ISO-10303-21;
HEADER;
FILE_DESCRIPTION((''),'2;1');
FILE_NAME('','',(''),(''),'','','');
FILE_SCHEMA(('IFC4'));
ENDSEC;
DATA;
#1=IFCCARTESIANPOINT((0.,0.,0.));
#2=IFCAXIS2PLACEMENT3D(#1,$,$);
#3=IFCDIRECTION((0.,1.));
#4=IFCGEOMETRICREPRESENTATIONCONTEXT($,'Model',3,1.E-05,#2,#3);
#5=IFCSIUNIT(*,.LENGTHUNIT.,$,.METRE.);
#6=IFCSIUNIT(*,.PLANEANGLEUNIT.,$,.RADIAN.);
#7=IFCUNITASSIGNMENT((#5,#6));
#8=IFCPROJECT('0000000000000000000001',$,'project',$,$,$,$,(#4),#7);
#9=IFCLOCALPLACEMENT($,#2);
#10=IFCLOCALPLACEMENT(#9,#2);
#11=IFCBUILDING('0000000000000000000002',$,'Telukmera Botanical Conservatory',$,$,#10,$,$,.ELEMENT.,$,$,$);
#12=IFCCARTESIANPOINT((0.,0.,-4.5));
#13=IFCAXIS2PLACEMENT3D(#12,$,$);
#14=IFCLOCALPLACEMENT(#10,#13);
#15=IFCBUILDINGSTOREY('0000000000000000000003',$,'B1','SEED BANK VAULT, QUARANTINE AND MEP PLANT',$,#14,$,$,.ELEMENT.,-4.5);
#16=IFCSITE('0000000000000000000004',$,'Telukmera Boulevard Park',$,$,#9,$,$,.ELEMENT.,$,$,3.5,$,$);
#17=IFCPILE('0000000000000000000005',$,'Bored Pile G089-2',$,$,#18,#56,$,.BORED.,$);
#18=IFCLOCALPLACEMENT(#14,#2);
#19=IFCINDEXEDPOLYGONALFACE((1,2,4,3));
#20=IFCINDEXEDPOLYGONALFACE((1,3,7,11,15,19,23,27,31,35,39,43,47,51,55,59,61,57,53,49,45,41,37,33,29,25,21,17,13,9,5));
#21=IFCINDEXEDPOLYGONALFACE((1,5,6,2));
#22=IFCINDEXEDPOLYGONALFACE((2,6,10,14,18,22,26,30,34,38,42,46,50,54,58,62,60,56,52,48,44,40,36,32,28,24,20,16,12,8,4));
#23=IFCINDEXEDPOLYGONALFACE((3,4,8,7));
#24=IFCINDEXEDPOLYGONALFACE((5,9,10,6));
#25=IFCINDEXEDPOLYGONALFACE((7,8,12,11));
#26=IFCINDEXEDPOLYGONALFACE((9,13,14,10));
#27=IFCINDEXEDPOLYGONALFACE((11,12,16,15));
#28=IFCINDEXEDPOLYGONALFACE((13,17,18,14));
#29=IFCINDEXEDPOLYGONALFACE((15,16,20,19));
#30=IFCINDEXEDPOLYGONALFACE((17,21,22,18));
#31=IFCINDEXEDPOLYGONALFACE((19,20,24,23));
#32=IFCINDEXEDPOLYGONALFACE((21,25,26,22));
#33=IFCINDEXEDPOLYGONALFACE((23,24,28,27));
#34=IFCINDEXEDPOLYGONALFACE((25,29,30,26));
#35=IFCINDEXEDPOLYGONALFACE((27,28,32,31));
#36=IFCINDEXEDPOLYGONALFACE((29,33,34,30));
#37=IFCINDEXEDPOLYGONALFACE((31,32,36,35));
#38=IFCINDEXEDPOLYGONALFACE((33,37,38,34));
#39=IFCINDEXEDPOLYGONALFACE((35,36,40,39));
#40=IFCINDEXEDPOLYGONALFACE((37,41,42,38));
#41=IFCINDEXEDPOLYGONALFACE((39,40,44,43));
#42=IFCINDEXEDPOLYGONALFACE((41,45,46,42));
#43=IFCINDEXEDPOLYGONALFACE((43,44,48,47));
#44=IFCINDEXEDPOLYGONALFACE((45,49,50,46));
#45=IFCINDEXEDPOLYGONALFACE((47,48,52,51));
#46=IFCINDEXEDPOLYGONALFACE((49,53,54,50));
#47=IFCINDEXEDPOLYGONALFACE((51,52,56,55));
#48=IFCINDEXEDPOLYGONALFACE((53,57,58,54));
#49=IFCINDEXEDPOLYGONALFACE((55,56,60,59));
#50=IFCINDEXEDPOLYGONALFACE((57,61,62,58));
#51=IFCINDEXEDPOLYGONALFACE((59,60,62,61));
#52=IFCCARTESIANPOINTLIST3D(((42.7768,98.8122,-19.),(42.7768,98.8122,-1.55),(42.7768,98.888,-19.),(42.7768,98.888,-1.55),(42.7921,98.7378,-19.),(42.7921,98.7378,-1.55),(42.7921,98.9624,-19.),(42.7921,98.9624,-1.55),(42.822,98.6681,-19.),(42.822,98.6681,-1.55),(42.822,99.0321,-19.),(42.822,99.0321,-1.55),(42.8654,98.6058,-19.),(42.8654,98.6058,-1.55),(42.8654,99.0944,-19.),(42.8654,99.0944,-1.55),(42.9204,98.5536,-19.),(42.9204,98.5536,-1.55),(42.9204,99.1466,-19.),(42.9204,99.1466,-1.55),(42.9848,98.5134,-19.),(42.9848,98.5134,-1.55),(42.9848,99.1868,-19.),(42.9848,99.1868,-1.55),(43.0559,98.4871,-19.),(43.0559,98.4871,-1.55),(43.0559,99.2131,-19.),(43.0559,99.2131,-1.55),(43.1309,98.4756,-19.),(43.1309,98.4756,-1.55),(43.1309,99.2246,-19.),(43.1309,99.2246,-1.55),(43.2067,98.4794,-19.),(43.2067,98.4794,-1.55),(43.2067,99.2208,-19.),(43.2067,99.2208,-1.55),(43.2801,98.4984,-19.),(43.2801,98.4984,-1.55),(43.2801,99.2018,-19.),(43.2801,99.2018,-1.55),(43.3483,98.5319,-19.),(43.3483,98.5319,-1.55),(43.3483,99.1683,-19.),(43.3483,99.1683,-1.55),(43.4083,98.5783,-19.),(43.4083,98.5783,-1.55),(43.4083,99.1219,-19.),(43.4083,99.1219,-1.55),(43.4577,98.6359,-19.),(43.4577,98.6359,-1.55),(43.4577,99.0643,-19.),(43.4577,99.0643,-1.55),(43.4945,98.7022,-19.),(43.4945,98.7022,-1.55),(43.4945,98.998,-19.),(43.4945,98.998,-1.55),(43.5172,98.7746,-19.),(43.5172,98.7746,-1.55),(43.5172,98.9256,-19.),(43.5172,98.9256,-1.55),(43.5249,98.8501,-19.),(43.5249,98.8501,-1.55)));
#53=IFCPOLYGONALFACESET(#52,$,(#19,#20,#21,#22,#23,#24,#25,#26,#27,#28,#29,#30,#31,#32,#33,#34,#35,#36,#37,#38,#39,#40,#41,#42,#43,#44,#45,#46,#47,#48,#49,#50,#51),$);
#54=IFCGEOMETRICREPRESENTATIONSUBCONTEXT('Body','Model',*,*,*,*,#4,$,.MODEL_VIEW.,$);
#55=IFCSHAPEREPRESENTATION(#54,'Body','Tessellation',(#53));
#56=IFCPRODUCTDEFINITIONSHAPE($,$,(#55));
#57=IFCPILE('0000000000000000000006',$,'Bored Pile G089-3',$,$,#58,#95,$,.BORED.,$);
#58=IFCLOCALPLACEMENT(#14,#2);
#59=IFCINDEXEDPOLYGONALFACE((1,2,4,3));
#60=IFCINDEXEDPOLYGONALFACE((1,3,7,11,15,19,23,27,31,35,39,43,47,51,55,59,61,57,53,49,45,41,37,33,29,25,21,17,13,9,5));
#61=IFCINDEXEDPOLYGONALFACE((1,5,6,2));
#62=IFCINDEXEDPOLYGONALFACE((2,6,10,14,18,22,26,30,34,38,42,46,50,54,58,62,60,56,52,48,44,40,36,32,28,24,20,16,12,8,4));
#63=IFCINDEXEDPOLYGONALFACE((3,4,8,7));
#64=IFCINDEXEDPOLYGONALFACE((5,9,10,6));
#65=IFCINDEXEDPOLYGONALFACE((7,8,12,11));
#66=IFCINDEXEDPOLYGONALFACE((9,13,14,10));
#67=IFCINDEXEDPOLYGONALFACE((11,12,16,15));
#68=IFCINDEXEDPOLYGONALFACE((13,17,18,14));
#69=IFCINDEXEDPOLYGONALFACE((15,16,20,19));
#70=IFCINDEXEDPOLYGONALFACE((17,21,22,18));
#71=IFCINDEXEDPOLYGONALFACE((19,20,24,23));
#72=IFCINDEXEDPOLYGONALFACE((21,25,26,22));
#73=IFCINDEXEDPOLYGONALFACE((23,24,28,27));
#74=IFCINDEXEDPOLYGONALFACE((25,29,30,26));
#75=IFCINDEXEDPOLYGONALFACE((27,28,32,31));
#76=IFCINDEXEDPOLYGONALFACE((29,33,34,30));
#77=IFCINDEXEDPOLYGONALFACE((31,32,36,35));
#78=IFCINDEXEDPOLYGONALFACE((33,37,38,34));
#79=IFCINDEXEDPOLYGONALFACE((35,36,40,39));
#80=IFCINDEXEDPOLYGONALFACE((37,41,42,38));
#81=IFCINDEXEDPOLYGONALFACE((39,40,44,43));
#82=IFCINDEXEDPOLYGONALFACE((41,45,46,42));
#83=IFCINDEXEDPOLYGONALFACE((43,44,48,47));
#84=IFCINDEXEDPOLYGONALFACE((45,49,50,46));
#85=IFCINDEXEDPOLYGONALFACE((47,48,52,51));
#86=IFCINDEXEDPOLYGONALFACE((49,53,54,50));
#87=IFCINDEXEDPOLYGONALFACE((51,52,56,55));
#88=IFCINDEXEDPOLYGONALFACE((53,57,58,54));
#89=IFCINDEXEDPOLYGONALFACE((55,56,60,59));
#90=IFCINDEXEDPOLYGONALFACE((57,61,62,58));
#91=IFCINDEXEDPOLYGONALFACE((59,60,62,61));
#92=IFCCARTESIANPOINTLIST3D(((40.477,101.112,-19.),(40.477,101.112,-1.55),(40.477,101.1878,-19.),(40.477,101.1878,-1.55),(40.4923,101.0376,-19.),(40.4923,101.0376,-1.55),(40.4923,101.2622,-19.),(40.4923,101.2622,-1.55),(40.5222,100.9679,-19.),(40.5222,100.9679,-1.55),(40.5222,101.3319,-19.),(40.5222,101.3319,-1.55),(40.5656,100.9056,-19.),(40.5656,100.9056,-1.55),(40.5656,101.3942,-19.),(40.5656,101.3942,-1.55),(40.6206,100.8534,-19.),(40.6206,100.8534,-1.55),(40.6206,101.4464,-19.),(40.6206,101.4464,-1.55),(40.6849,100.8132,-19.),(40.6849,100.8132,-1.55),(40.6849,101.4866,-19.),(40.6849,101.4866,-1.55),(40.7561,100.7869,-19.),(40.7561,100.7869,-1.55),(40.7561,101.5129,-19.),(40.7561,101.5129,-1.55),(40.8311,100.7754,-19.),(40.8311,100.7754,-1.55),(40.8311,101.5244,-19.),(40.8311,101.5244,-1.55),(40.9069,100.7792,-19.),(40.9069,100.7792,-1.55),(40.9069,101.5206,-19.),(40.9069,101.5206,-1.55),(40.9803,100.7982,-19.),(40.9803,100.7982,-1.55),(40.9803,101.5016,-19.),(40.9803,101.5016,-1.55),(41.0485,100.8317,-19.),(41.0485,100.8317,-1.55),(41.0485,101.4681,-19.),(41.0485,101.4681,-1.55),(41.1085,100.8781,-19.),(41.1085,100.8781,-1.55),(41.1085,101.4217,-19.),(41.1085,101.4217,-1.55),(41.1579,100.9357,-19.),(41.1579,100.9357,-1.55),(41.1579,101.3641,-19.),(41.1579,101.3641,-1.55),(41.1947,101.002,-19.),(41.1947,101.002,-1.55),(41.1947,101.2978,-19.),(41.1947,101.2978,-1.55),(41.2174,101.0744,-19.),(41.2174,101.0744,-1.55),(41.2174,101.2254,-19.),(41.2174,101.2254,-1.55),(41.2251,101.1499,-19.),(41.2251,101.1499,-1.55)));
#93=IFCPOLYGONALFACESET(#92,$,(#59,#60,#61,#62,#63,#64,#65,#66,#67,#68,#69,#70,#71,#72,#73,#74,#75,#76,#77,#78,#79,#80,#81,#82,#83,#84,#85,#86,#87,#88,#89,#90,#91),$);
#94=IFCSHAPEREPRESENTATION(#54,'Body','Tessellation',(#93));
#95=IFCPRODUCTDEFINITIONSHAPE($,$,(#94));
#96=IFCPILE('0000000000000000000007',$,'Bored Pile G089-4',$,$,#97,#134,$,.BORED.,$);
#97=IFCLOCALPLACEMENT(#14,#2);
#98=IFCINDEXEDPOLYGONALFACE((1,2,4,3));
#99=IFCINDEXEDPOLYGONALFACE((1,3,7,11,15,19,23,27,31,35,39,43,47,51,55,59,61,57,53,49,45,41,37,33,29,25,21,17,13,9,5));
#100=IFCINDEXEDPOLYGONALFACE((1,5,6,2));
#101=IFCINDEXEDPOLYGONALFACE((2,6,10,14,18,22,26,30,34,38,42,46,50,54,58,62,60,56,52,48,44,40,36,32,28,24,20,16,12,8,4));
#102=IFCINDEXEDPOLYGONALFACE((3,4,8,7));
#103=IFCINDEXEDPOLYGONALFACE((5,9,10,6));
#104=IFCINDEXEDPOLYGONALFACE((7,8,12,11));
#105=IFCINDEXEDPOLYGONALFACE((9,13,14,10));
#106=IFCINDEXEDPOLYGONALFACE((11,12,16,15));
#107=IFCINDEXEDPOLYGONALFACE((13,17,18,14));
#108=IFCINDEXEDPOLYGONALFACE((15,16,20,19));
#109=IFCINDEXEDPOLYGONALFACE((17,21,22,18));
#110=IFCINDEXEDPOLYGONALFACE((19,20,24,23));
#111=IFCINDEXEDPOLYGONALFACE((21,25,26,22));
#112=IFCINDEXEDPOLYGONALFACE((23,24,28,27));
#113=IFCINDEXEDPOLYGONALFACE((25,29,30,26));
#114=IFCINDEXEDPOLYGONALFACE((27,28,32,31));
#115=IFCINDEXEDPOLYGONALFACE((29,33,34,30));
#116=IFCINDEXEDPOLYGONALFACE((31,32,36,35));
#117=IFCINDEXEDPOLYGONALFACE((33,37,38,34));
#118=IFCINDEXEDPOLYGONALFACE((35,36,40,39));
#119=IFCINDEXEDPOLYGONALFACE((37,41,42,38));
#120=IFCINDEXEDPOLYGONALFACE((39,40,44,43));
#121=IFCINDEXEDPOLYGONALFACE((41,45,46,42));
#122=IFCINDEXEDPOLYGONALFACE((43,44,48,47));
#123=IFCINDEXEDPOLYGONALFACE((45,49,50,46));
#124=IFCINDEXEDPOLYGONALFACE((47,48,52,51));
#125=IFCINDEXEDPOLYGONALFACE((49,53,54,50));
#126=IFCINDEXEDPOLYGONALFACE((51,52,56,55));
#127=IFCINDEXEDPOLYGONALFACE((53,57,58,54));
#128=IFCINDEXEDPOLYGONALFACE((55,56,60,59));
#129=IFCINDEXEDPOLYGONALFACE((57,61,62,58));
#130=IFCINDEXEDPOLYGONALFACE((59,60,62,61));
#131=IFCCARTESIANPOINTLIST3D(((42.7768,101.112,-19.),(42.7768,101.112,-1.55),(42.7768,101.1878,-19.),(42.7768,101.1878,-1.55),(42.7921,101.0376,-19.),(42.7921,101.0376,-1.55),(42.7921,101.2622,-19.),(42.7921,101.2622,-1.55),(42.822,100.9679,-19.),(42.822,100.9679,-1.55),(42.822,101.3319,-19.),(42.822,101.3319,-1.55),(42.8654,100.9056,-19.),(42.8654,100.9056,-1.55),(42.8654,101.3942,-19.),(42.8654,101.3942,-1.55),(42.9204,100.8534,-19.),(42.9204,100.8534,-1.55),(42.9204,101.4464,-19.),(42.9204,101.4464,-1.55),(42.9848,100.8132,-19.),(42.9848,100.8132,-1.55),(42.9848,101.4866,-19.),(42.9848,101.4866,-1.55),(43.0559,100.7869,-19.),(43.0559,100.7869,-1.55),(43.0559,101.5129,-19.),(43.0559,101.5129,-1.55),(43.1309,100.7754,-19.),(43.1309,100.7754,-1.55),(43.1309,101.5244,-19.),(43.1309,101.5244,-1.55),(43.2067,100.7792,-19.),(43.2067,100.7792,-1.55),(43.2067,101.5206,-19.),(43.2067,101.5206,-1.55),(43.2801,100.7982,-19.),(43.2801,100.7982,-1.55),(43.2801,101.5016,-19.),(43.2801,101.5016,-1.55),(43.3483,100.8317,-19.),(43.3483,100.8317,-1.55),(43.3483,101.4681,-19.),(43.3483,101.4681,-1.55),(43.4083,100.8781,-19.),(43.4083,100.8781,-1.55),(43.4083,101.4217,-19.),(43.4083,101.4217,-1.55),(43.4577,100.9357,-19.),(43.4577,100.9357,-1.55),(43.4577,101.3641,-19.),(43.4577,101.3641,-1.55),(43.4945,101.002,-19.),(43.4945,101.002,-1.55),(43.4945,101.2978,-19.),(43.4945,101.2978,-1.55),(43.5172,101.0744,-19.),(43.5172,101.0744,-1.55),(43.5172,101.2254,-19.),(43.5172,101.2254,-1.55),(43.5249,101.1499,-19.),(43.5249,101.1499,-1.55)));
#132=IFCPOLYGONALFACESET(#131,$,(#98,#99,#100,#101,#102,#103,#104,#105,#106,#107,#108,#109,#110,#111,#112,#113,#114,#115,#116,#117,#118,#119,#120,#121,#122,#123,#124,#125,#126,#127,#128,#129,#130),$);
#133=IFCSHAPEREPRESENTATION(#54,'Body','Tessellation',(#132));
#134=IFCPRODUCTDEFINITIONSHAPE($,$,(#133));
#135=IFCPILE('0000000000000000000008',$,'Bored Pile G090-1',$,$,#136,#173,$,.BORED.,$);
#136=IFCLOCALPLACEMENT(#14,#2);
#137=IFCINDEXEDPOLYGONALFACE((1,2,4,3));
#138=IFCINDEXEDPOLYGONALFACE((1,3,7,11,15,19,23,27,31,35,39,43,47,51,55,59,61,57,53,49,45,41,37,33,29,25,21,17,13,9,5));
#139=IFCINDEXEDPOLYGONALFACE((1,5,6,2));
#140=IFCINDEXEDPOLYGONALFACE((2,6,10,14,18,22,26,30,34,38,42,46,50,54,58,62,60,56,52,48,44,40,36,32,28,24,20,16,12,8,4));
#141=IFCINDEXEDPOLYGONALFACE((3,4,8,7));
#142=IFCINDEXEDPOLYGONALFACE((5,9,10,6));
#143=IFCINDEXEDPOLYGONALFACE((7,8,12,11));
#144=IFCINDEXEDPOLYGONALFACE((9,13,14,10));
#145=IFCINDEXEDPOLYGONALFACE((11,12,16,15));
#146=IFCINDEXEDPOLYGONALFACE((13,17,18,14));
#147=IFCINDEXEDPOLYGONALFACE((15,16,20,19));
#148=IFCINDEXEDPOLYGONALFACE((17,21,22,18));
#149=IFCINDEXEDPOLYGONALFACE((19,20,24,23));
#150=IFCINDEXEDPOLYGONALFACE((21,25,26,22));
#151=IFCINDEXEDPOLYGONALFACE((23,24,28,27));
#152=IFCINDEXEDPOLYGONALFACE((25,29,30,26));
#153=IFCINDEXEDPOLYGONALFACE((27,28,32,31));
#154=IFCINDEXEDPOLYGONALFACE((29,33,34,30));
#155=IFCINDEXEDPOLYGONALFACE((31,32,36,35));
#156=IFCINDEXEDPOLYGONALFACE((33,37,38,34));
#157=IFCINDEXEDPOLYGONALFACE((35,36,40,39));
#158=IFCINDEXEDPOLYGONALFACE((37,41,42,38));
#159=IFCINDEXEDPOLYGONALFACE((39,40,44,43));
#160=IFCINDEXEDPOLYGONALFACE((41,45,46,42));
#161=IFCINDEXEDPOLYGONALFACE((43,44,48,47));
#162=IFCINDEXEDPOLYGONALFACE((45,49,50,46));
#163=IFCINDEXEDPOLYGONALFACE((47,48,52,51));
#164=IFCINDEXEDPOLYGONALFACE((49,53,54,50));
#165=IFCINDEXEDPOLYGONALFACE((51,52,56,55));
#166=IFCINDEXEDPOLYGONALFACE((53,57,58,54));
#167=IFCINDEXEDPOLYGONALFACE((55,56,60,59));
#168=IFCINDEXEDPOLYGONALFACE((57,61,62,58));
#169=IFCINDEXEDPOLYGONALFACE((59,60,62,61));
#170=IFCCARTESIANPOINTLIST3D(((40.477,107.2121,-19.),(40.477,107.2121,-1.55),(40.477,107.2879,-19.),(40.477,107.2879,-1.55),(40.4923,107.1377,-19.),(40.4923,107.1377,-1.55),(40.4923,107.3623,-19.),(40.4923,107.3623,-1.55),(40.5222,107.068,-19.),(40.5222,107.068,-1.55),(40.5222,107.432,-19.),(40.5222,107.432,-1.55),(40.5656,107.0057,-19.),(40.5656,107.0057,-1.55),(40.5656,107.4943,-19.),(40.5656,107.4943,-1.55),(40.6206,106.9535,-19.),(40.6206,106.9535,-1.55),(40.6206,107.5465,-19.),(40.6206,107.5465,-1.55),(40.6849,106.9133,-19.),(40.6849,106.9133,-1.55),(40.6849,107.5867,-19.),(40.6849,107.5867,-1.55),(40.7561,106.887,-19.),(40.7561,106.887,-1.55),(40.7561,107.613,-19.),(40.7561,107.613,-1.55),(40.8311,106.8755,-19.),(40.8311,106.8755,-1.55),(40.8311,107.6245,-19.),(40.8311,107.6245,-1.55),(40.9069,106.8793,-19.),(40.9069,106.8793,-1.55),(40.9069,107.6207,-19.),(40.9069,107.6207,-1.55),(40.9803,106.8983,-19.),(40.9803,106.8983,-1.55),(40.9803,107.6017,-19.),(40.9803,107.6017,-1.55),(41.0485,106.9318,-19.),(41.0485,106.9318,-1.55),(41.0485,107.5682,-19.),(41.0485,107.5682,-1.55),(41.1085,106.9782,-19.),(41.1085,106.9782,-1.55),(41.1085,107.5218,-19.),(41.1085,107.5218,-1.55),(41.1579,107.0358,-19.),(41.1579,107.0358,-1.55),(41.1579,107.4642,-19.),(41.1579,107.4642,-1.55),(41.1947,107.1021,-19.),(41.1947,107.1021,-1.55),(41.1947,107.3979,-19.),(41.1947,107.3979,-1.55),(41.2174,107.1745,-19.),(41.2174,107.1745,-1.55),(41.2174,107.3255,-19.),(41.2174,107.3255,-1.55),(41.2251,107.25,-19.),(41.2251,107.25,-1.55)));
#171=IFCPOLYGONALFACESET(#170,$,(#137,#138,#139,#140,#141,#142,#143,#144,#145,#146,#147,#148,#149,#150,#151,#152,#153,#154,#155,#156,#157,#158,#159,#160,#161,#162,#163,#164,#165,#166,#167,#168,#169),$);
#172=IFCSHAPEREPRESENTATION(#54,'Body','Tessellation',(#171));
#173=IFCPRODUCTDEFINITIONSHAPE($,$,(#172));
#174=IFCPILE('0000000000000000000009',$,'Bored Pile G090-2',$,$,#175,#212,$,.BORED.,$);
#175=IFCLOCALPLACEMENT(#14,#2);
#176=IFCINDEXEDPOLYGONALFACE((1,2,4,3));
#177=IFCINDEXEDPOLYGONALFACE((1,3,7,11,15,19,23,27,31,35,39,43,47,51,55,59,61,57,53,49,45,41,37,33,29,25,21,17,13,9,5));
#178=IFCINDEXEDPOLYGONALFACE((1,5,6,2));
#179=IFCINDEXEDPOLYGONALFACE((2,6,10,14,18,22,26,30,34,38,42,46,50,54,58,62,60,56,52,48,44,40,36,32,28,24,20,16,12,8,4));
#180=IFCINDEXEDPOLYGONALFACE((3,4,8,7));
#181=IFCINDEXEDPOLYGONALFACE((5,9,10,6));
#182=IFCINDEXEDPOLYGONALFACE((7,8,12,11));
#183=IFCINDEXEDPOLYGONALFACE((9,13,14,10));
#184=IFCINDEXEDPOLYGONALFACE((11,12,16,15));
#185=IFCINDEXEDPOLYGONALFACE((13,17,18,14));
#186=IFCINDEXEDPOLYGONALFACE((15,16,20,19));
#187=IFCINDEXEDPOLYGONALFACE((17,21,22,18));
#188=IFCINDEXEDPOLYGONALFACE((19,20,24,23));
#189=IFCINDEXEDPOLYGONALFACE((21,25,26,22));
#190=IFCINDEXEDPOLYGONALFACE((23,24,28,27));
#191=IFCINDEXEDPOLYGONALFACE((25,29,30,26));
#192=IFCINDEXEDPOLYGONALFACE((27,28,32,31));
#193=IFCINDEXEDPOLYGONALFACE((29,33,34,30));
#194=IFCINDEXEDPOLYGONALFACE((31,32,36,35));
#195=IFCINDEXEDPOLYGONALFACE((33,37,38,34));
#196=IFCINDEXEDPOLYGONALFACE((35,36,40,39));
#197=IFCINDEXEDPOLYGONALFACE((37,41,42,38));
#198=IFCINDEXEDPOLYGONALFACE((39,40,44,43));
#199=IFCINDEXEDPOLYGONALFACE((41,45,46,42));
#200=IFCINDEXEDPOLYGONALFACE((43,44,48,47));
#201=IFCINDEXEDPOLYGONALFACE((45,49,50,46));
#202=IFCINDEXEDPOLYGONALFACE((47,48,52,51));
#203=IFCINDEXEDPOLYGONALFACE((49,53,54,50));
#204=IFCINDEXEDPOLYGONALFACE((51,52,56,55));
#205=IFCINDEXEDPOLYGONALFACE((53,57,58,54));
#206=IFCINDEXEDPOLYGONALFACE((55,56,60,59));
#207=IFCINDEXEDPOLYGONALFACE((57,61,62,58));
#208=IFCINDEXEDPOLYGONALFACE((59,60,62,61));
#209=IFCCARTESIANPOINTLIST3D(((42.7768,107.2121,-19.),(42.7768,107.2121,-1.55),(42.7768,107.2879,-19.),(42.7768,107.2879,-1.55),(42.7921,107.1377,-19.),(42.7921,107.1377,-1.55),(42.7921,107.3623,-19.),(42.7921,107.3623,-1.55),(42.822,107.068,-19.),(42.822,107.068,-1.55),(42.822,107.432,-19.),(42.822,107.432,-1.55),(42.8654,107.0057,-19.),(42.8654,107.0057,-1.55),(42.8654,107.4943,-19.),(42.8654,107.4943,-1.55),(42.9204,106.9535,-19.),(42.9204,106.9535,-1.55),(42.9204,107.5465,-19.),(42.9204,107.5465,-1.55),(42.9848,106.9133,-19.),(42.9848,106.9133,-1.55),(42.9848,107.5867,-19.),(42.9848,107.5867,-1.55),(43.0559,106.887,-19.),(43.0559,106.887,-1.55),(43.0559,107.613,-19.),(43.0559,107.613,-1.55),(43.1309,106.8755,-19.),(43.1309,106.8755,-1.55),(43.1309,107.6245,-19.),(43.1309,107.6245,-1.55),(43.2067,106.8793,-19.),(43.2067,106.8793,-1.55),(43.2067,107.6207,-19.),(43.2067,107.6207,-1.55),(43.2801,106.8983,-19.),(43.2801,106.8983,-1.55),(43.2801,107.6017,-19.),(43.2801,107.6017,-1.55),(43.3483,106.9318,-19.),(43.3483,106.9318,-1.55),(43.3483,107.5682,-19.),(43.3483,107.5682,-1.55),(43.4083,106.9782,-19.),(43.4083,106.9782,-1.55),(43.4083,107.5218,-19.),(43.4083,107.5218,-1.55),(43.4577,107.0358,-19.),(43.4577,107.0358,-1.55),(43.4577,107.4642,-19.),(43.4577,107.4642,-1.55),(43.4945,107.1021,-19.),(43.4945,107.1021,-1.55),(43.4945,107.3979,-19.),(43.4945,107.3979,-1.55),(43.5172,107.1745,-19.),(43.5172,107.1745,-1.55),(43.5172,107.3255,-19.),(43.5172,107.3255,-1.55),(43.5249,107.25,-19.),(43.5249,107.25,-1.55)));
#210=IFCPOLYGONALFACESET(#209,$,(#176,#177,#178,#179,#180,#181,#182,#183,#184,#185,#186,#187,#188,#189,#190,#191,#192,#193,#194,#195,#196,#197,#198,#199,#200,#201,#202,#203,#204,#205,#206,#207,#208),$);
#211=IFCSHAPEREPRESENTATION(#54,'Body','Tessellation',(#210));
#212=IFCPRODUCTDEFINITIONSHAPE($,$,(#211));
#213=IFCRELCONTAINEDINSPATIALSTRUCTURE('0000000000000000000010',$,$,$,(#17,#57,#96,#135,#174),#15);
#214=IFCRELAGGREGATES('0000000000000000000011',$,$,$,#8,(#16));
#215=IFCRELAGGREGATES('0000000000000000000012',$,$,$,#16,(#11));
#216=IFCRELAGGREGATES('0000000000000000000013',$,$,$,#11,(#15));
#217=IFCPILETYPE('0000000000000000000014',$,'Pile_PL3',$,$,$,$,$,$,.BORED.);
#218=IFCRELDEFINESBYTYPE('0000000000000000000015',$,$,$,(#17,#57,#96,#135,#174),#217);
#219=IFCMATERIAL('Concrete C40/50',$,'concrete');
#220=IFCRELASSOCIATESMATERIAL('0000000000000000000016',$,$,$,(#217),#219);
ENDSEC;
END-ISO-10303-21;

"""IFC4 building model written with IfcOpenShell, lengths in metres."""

from ifc_helpers import new_model, si_unit, direction, frame, origin, origin_2d, place, context, subcontext, project, spatial, circle, extrude, material, material_profile, profile_set, type_object, element, save


model = new_model("IFC4")

# Units and contexts
model_context = context("Model", 3, precision=1e-05, world=origin(), true_north=direction((0.0, 1.0)))
body_context = subcontext(model_context, "Body", "Model", "MODEL_VIEW")
ifc_project = project(units=[si_unit("LENGTHUNIT", "METRE"), si_unit("PLANEANGLEUNIT", "RADIAN")], contexts=[model_context])

# Site, building, storey
site_placement = place(None, origin())
site = spatial("IfcSite", under=ifc_project, at=site_placement, Name="Telukmera Boulevard Park", CompositionType="ELEMENT", RefElevation=3.5)
building_placement = place(site_placement, origin())
building = spatial("IfcBuilding", under=site, at=building_placement, Name="Telukmera Botanical Conservatory", CompositionType="ELEMENT")
storey_placement = place(building_placement, frame((0.0, 0.0, -4.5)))
storey = spatial("IfcBuildingStorey", under=building, at=storey_placement, Name="B1", Description="SEED BANK VAULT, QUARANTINE AND MEP PLANT", CompositionType="ELEMENT", Elevation=-4.5)

# Shared definitions
ifc_material_1 = material(Name="Concrete C40/50", Category="concrete")

# Piles
ifc_material_profile_1 = material_profile(ifc_material_1, circle(Radius=0.375, at=origin_2d()), Name="PILE D750")
ifc_profile_set_1 = profile_set([ifc_material_profile_1], Name="Concrete C40/50")
pile_type = type_object("IfcPileType", Name="Pile_PL3", PredefinedType="BORED", material=ifc_profile_set_1)
for number, where, z_axis, x_axis, name in (
    (1, (43.1499, 98.8501, -1.55), (0.0, 0.0, -1.0), (1.0, 0.0, 0.0), "Bored Pile G089-2"),
    (2, (40.8501, 101.1499, -1.55), (0.0, 0.0, -1.0), (1.0, 0.0, 0.0), "Bored Pile G089-3"),
    (3, (43.1499, 101.1499, -1.55), (0.0, 0.0, -1.0), (1.0, 0.0, 0.0), "Bored Pile G089-4"),
    (4, (40.8501, 107.25, -1.55), (0.0, 0.0, -1.0), (1.0, 0.0, 0.0), "Bored Pile G090-1"),
    (5, (43.1499, 107.25, -1.55), (0.0, 0.0, -1.0), (1.0, 0.0, 0.0), "Bored Pile G090-2"),
):
    element("IfcPile", number, at=place(storey_placement, frame(where, z_axis=z_axis, x_axis=x_axis)), inside=storey, type_object=pile_type, Name=name, PredefinedType="BORED", context=body_context, shape_type="SweptSolid", body=[
        extrude(circle(Radius=0.375, at=origin_2d()), origin(), (0.0, 0.0, 1.0), 17.45),
    ])

save(model, "model.ifc")
